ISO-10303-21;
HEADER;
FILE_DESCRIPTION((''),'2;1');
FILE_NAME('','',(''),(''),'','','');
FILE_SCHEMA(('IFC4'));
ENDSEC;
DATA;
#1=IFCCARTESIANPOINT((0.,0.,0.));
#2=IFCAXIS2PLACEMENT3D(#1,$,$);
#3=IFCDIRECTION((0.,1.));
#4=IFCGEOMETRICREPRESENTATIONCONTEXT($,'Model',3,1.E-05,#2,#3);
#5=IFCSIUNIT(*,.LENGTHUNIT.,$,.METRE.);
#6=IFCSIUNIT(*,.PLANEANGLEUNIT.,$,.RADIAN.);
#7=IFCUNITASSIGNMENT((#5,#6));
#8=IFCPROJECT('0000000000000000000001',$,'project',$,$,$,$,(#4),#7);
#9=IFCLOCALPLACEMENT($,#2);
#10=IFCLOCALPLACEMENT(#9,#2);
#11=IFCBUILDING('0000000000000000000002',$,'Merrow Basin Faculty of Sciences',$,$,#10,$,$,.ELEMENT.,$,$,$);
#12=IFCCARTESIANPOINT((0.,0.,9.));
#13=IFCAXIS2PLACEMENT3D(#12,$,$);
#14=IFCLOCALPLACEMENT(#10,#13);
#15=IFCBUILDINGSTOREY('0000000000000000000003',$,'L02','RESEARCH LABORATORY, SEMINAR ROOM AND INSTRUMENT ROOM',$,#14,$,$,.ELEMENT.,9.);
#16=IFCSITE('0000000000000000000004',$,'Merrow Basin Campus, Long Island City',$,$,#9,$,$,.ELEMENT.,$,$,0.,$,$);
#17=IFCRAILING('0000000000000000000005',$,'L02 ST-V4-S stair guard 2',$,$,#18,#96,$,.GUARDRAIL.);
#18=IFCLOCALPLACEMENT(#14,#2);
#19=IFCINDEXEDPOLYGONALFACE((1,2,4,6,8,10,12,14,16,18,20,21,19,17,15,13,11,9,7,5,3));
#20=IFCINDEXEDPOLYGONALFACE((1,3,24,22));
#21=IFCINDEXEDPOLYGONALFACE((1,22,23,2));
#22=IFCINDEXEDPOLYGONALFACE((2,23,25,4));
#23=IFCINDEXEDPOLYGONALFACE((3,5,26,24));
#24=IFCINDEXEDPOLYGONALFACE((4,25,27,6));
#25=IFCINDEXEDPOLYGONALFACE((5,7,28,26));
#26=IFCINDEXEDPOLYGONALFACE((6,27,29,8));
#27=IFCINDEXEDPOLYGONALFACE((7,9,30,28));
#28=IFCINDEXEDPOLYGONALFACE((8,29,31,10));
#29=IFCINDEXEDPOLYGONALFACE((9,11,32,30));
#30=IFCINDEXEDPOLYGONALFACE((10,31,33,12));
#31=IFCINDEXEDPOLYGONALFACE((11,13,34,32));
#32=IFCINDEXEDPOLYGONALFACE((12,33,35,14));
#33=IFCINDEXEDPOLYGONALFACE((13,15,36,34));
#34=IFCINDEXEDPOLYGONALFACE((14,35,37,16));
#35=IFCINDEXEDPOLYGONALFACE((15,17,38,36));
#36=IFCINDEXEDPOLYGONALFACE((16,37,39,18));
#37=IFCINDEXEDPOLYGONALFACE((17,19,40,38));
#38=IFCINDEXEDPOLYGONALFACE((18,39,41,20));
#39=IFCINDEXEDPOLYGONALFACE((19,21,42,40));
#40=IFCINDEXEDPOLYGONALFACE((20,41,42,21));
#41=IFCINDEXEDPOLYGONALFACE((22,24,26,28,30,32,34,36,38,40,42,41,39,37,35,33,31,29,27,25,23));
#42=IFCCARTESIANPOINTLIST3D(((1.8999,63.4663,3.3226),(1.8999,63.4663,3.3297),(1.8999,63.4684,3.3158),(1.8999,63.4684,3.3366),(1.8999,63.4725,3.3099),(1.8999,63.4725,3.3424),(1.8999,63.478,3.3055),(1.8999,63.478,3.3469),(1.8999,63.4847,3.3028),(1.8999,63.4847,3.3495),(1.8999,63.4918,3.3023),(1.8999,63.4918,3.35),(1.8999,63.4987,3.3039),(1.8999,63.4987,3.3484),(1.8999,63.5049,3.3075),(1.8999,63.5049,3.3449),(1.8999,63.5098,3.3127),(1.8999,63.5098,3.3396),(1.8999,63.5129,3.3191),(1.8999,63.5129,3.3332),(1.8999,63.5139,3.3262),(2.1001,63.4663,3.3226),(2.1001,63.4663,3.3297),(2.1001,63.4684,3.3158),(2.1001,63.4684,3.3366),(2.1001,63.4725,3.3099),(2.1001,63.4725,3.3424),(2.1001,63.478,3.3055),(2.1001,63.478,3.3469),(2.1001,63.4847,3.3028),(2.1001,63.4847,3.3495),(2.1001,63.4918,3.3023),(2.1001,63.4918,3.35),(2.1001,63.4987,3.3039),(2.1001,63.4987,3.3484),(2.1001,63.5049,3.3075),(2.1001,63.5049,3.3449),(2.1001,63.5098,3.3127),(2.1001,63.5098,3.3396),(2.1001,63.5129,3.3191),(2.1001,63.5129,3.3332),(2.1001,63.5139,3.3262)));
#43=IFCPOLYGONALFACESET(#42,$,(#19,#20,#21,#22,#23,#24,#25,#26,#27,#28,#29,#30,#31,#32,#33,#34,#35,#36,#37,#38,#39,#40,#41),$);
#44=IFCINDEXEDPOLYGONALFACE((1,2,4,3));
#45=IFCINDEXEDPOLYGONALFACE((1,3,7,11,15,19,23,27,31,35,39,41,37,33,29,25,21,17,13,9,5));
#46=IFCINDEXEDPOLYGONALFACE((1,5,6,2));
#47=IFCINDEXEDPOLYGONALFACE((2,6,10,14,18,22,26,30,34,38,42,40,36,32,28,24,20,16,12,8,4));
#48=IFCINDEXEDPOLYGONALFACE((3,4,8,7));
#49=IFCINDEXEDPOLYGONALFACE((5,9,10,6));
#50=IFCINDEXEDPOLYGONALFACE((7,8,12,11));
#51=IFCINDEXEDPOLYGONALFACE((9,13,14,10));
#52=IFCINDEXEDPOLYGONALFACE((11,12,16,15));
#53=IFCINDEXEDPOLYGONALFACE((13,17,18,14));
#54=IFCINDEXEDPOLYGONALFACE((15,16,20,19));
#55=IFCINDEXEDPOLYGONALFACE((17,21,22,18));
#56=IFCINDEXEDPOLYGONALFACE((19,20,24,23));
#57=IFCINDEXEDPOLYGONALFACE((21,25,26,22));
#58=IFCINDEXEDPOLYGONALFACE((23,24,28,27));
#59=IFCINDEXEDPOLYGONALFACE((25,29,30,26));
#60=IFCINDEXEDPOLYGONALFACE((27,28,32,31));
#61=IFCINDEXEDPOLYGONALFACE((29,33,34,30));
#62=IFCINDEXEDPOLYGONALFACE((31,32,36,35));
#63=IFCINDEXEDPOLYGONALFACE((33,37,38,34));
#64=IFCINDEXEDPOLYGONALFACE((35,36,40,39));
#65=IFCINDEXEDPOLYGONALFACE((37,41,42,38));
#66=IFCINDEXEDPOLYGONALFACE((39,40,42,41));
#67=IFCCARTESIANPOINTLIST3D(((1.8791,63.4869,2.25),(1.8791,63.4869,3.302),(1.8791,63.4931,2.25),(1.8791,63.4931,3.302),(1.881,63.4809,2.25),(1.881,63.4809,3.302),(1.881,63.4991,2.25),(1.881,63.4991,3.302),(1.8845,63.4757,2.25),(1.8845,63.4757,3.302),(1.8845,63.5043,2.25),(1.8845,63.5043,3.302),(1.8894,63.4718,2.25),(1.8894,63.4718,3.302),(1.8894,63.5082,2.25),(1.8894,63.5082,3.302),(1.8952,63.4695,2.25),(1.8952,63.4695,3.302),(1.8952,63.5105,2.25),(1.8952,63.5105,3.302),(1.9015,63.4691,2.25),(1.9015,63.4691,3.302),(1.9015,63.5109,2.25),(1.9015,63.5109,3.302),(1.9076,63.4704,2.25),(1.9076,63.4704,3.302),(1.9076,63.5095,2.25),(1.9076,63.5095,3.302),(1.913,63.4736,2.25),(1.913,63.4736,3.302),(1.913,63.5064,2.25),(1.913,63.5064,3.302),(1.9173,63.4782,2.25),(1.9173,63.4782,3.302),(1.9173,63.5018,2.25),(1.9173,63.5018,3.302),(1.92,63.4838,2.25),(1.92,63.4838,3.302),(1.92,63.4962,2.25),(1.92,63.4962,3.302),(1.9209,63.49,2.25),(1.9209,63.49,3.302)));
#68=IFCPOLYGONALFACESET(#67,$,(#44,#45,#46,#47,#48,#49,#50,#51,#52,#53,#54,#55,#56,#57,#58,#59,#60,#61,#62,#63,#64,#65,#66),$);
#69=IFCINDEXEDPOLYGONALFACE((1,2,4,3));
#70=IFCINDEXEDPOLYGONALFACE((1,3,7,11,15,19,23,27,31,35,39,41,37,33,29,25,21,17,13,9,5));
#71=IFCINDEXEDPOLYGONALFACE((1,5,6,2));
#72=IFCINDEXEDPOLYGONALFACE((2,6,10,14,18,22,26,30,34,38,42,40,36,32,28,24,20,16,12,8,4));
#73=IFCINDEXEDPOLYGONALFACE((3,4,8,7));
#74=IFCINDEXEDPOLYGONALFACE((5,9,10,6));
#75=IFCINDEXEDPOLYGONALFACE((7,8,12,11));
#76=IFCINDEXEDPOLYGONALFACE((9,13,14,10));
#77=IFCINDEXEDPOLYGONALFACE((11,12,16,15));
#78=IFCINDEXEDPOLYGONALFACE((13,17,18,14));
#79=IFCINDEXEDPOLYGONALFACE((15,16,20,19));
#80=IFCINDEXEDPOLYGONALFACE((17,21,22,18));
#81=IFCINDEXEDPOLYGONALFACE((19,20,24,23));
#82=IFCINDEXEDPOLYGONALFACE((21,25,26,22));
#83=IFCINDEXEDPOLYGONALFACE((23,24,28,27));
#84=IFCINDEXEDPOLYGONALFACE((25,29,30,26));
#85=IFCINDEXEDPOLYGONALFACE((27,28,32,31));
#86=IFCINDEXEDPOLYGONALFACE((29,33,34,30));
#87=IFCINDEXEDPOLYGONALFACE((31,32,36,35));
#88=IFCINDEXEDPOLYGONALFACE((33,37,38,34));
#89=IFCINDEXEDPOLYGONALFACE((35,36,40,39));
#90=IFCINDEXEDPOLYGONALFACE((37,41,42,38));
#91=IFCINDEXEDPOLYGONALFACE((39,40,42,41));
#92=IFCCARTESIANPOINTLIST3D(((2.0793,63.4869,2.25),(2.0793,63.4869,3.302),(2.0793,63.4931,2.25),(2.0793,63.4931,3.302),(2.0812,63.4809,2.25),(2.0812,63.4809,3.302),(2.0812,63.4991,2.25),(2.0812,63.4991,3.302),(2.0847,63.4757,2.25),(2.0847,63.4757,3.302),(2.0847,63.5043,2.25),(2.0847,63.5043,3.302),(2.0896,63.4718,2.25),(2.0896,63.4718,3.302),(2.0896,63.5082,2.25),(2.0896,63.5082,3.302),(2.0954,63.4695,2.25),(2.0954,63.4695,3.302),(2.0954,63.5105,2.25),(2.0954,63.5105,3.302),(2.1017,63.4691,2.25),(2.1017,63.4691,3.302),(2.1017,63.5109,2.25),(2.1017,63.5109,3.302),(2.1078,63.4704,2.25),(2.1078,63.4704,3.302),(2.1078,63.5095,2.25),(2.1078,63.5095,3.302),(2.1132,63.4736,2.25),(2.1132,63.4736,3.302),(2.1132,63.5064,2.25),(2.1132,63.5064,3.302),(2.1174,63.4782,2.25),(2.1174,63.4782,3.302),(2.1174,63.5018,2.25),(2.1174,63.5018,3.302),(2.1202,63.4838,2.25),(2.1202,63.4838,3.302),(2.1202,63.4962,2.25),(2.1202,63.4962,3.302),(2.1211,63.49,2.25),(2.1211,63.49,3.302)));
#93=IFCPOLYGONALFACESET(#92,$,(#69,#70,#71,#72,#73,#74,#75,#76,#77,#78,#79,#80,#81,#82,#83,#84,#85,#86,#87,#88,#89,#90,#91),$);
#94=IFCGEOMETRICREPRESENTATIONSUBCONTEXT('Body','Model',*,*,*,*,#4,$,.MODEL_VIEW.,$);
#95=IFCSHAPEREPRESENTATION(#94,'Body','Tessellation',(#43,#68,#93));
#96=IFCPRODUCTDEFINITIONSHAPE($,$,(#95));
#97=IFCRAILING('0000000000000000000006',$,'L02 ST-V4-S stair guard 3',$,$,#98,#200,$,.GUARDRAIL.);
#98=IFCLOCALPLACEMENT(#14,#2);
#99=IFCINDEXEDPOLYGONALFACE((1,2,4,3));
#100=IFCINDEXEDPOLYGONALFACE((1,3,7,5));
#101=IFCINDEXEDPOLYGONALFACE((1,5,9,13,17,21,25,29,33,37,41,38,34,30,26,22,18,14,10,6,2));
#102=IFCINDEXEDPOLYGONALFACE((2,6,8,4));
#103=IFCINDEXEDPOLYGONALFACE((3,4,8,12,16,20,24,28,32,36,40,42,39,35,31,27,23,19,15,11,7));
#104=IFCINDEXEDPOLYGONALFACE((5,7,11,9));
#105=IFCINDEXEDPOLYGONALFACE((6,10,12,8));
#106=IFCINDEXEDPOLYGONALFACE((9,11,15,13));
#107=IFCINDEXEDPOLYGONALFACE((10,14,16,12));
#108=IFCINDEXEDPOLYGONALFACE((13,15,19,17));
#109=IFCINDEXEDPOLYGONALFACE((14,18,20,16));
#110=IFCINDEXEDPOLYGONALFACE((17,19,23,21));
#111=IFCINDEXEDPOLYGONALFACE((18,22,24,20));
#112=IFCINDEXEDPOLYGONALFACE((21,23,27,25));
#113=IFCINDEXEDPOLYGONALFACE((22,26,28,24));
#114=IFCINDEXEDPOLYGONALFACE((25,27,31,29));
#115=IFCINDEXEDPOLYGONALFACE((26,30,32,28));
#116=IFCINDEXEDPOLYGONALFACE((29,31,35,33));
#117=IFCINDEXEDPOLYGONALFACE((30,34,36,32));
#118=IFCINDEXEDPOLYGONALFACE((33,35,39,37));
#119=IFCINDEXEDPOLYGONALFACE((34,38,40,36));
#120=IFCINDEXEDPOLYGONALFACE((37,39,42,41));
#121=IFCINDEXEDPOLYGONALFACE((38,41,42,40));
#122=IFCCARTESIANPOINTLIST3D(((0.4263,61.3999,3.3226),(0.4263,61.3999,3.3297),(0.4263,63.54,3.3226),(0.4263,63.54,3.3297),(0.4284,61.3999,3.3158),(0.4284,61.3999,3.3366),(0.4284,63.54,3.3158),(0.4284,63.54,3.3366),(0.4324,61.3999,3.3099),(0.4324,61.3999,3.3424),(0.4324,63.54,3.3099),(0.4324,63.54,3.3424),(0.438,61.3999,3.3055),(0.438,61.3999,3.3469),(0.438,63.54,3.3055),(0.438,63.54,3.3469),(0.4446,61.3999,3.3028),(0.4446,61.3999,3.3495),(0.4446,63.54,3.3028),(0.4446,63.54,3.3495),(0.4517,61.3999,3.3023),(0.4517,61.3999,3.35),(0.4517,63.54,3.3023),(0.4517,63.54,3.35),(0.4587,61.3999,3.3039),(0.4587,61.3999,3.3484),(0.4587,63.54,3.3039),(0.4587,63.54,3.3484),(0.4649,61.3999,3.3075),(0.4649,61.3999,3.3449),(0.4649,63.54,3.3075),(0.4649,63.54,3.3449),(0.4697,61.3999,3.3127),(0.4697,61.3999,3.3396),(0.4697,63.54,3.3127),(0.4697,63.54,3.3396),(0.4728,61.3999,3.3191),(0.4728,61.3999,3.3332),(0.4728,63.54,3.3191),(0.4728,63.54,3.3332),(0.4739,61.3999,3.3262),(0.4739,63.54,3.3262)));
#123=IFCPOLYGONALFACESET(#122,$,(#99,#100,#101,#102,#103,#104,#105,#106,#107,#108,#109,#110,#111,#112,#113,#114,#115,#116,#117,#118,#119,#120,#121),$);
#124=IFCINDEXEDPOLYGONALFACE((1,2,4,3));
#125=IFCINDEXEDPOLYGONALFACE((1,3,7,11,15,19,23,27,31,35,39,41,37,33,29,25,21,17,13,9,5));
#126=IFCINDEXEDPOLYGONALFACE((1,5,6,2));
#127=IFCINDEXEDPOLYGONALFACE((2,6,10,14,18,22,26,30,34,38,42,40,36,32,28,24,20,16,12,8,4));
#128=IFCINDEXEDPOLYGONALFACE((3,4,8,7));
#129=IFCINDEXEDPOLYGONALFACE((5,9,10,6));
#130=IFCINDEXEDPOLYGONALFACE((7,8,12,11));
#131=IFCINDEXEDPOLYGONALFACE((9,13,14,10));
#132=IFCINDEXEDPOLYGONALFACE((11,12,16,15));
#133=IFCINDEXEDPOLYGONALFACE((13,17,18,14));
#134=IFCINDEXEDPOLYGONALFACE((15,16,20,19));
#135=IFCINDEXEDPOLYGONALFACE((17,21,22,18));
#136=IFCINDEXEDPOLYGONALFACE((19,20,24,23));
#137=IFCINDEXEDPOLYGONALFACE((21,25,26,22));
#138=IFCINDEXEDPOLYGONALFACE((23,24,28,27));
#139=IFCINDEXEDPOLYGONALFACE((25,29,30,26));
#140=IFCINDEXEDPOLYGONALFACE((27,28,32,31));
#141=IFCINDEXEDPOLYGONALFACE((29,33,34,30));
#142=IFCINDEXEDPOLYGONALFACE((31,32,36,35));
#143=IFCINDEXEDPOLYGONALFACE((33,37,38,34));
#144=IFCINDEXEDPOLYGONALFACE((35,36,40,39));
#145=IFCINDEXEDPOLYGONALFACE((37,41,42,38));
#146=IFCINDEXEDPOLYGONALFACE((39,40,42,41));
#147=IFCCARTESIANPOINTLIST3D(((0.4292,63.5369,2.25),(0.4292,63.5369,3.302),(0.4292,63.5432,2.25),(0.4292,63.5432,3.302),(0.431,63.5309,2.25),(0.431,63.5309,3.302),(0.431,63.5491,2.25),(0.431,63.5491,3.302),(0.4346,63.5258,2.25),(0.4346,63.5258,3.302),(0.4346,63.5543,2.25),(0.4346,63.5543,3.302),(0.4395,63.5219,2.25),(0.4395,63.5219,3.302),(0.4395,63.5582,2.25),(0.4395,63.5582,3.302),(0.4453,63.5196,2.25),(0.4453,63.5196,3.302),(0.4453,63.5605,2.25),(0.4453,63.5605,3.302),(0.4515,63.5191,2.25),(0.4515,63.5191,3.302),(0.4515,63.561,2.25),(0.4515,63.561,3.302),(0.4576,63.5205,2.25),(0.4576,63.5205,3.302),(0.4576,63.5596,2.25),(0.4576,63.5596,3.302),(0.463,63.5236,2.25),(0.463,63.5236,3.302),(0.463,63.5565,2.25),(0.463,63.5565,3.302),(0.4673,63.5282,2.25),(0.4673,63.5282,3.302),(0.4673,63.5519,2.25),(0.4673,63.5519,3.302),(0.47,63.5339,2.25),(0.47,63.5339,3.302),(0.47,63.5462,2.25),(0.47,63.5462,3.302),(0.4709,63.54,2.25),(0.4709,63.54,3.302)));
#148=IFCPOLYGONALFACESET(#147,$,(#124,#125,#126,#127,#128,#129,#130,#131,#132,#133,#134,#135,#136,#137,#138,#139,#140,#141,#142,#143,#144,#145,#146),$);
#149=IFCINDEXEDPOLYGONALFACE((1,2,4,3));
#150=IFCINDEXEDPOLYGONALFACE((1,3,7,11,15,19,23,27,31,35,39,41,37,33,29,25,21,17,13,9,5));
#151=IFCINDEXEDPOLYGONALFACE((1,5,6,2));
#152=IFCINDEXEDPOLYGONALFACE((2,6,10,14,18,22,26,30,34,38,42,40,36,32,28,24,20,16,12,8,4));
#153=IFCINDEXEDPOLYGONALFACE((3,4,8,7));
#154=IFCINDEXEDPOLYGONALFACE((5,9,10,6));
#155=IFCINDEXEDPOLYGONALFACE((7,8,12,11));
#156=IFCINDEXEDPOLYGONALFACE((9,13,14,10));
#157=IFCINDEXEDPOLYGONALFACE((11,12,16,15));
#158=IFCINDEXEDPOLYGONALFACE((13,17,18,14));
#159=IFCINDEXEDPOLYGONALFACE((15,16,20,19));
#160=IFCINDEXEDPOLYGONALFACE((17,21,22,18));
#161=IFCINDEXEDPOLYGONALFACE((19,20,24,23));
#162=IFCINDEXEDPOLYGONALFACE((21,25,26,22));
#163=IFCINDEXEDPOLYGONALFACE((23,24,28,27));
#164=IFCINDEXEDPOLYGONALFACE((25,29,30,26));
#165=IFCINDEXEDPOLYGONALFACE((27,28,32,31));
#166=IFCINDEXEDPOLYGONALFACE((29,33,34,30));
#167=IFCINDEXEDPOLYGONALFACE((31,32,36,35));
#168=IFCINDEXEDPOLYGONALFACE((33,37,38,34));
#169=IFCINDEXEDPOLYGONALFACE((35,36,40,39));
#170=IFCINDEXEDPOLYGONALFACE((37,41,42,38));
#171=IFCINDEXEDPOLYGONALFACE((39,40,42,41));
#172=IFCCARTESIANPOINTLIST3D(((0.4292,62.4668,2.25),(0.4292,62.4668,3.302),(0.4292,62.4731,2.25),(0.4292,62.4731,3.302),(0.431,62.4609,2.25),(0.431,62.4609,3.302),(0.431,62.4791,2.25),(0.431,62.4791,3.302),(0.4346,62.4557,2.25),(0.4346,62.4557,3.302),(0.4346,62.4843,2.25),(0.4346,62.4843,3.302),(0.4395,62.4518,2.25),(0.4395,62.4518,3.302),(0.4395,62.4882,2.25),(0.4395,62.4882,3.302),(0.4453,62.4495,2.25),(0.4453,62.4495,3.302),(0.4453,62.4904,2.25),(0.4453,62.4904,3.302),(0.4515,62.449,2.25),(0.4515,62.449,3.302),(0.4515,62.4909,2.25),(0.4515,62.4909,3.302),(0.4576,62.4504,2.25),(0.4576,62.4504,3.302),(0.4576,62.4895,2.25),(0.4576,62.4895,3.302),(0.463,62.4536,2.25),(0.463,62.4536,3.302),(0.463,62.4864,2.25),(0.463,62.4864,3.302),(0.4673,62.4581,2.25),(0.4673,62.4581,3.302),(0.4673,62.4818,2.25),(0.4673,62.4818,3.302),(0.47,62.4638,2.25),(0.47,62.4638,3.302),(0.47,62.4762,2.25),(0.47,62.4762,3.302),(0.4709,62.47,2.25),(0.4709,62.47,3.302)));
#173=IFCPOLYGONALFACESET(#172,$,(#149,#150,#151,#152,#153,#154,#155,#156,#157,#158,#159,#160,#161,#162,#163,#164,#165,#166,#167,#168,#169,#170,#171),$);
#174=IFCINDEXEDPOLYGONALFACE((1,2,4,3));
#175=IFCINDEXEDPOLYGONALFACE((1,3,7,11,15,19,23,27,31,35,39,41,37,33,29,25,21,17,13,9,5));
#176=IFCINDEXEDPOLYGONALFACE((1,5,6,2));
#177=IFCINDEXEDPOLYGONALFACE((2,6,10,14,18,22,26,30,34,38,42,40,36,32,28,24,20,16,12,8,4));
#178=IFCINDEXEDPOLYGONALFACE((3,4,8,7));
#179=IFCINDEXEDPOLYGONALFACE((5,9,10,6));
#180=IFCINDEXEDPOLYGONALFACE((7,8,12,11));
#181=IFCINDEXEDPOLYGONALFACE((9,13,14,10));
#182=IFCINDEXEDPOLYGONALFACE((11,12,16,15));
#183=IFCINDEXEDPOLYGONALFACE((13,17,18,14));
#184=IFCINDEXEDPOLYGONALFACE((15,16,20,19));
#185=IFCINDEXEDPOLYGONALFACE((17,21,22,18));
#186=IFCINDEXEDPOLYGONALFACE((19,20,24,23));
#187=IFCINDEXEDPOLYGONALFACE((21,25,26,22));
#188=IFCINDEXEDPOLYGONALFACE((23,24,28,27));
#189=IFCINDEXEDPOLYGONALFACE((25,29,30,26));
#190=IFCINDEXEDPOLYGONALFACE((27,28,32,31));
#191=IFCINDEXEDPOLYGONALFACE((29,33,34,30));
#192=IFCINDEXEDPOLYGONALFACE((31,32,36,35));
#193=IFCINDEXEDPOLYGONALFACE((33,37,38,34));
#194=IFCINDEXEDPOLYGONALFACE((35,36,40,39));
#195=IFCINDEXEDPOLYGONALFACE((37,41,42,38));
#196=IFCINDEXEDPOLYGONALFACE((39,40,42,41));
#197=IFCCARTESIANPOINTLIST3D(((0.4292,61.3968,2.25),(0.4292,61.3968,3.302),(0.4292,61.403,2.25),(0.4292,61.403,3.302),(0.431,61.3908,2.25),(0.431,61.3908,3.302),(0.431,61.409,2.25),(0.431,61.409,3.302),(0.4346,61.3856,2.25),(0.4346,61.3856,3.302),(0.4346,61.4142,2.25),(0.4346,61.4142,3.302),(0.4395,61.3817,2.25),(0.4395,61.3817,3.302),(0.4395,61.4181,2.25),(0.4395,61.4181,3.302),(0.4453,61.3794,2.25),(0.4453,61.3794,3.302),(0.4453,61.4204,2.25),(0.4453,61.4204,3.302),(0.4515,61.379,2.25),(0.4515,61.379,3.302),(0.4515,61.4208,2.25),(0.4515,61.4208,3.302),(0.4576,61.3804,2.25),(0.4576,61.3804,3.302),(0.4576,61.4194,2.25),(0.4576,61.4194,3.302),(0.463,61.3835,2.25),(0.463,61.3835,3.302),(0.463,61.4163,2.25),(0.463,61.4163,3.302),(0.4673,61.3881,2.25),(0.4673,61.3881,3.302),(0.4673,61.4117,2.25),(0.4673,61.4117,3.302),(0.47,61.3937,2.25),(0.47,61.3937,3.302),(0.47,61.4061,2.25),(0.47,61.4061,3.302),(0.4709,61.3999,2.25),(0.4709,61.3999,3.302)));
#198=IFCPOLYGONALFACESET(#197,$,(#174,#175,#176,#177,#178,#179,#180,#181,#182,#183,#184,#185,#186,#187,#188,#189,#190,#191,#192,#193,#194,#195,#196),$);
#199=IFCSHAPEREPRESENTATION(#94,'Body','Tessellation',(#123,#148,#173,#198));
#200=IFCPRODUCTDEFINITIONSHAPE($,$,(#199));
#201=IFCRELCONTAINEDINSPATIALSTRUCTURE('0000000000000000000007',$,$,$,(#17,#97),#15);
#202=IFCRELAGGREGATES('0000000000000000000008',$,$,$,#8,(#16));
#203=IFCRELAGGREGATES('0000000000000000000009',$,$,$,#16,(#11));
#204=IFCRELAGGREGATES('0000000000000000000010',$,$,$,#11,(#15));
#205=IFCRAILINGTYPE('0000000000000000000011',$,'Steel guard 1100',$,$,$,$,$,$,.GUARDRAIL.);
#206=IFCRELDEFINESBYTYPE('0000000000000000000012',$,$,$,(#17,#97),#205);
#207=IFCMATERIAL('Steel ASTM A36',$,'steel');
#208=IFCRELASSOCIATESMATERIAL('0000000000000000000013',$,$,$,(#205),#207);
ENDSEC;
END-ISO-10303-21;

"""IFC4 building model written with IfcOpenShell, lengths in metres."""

from ifc_helpers import new_model, si_unit, direction, frame, origin, origin_2d, place, context, subcontext, project, spatial, circle, extrude, material, type_object, element, save


model = new_model("IFC4")

# Units and contexts
model_context = context("Model", 3, precision=1e-05, world=origin(), true_north=direction((0.0, 1.0)))
body_context = subcontext(model_context, "Body", "Model", "MODEL_VIEW")
ifc_project = project(units=[si_unit("LENGTHUNIT", "METRE"), si_unit("PLANEANGLEUNIT", "RADIAN")], contexts=[model_context])

# Site, building, storey
site_placement = place(None, origin())
site = spatial("IfcSite", under=ifc_project, at=site_placement, Name="Merrow Basin Campus, Long Island City", CompositionType="ELEMENT", RefElevation=0.0)
building_placement = place(site_placement, origin())
building = spatial("IfcBuilding", under=site, at=building_placement, Name="Merrow Basin Faculty of Sciences", CompositionType="ELEMENT")
storey_placement = place(building_placement, frame((0.0, 0.0, 9.0)))
storey = spatial("IfcBuildingStorey", under=building, at=storey_placement, Name="L02", Description="RESEARCH LABORATORY, SEMINAR ROOM AND INSTRUMENT ROOM", CompositionType="ELEMENT", Elevation=9.0)

# Railings
ifc_material_1 = material(Name="Steel ASTM A36", Category="steel")
railing_type_1 = type_object("IfcRailingType", Name="Steel guard 1100", PredefinedType="GUARDRAIL", material=ifc_material_1)
railing_1_placement = place(storey_placement, frame((1.8999, 63.49, 2.25)))
element("IfcRailing", 1, at=railing_1_placement, inside=storey, type_object=railing_type_1, Name="L02 ST-V4-S stair guard 2", PredefinedType="GUARDRAIL", context=body_context, shape_type="SweptSolid", body=[
    extrude(circle(Radius=0.0239, at=origin_2d()), frame((0.0, 0.0, 1.0762), z_axis=(1.0, 0.0, 0.0), x_axis=(0.0, 1.0, 0.0)), (0.0, 0.0, 1.0), 0.2002),
    extrude(circle(Radius=0.021, at=origin_2d()), origin(), (0.0, 0.0, 1.0), 1.052),
    extrude(circle(Radius=0.021, at=origin_2d()), frame((0.2002, 0.0, 0.0)), (0.0, 0.0, 1.0), 1.052),
])
railing_2_placement = place(storey_placement, frame((0.45, 63.54, 2.25)))
element("IfcRailing", 2, at=railing_2_placement, inside=storey, type_object=railing_type_1, Name="L02 ST-V4-S stair guard 3", PredefinedType="GUARDRAIL", context=body_context, shape_type="SweptSolid", body=[
    extrude(circle(Radius=0.0239, at=origin_2d()), frame((0.0, 0.0, 1.0762), z_axis=(0.0, -1.0, 0.0), x_axis=(1.0, 0.0, 0.0)), (0.0, 0.0, 1.0), 2.1401),
    extrude(circle(Radius=0.021, at=origin_2d()), origin(), (0.0, 0.0, 1.0), 1.052),
    extrude(circle(Radius=0.021, at=origin_2d()), frame((0.0, -1.0701, 0.0)), (0.0, 0.0, 1.0), 1.052),
    extrude(circle(Radius=0.021, at=origin_2d()), frame((0.0, -2.1401, 0.0)), (0.0, 0.0, 1.0), 1.052),
])

save(model, "model.ifc")
